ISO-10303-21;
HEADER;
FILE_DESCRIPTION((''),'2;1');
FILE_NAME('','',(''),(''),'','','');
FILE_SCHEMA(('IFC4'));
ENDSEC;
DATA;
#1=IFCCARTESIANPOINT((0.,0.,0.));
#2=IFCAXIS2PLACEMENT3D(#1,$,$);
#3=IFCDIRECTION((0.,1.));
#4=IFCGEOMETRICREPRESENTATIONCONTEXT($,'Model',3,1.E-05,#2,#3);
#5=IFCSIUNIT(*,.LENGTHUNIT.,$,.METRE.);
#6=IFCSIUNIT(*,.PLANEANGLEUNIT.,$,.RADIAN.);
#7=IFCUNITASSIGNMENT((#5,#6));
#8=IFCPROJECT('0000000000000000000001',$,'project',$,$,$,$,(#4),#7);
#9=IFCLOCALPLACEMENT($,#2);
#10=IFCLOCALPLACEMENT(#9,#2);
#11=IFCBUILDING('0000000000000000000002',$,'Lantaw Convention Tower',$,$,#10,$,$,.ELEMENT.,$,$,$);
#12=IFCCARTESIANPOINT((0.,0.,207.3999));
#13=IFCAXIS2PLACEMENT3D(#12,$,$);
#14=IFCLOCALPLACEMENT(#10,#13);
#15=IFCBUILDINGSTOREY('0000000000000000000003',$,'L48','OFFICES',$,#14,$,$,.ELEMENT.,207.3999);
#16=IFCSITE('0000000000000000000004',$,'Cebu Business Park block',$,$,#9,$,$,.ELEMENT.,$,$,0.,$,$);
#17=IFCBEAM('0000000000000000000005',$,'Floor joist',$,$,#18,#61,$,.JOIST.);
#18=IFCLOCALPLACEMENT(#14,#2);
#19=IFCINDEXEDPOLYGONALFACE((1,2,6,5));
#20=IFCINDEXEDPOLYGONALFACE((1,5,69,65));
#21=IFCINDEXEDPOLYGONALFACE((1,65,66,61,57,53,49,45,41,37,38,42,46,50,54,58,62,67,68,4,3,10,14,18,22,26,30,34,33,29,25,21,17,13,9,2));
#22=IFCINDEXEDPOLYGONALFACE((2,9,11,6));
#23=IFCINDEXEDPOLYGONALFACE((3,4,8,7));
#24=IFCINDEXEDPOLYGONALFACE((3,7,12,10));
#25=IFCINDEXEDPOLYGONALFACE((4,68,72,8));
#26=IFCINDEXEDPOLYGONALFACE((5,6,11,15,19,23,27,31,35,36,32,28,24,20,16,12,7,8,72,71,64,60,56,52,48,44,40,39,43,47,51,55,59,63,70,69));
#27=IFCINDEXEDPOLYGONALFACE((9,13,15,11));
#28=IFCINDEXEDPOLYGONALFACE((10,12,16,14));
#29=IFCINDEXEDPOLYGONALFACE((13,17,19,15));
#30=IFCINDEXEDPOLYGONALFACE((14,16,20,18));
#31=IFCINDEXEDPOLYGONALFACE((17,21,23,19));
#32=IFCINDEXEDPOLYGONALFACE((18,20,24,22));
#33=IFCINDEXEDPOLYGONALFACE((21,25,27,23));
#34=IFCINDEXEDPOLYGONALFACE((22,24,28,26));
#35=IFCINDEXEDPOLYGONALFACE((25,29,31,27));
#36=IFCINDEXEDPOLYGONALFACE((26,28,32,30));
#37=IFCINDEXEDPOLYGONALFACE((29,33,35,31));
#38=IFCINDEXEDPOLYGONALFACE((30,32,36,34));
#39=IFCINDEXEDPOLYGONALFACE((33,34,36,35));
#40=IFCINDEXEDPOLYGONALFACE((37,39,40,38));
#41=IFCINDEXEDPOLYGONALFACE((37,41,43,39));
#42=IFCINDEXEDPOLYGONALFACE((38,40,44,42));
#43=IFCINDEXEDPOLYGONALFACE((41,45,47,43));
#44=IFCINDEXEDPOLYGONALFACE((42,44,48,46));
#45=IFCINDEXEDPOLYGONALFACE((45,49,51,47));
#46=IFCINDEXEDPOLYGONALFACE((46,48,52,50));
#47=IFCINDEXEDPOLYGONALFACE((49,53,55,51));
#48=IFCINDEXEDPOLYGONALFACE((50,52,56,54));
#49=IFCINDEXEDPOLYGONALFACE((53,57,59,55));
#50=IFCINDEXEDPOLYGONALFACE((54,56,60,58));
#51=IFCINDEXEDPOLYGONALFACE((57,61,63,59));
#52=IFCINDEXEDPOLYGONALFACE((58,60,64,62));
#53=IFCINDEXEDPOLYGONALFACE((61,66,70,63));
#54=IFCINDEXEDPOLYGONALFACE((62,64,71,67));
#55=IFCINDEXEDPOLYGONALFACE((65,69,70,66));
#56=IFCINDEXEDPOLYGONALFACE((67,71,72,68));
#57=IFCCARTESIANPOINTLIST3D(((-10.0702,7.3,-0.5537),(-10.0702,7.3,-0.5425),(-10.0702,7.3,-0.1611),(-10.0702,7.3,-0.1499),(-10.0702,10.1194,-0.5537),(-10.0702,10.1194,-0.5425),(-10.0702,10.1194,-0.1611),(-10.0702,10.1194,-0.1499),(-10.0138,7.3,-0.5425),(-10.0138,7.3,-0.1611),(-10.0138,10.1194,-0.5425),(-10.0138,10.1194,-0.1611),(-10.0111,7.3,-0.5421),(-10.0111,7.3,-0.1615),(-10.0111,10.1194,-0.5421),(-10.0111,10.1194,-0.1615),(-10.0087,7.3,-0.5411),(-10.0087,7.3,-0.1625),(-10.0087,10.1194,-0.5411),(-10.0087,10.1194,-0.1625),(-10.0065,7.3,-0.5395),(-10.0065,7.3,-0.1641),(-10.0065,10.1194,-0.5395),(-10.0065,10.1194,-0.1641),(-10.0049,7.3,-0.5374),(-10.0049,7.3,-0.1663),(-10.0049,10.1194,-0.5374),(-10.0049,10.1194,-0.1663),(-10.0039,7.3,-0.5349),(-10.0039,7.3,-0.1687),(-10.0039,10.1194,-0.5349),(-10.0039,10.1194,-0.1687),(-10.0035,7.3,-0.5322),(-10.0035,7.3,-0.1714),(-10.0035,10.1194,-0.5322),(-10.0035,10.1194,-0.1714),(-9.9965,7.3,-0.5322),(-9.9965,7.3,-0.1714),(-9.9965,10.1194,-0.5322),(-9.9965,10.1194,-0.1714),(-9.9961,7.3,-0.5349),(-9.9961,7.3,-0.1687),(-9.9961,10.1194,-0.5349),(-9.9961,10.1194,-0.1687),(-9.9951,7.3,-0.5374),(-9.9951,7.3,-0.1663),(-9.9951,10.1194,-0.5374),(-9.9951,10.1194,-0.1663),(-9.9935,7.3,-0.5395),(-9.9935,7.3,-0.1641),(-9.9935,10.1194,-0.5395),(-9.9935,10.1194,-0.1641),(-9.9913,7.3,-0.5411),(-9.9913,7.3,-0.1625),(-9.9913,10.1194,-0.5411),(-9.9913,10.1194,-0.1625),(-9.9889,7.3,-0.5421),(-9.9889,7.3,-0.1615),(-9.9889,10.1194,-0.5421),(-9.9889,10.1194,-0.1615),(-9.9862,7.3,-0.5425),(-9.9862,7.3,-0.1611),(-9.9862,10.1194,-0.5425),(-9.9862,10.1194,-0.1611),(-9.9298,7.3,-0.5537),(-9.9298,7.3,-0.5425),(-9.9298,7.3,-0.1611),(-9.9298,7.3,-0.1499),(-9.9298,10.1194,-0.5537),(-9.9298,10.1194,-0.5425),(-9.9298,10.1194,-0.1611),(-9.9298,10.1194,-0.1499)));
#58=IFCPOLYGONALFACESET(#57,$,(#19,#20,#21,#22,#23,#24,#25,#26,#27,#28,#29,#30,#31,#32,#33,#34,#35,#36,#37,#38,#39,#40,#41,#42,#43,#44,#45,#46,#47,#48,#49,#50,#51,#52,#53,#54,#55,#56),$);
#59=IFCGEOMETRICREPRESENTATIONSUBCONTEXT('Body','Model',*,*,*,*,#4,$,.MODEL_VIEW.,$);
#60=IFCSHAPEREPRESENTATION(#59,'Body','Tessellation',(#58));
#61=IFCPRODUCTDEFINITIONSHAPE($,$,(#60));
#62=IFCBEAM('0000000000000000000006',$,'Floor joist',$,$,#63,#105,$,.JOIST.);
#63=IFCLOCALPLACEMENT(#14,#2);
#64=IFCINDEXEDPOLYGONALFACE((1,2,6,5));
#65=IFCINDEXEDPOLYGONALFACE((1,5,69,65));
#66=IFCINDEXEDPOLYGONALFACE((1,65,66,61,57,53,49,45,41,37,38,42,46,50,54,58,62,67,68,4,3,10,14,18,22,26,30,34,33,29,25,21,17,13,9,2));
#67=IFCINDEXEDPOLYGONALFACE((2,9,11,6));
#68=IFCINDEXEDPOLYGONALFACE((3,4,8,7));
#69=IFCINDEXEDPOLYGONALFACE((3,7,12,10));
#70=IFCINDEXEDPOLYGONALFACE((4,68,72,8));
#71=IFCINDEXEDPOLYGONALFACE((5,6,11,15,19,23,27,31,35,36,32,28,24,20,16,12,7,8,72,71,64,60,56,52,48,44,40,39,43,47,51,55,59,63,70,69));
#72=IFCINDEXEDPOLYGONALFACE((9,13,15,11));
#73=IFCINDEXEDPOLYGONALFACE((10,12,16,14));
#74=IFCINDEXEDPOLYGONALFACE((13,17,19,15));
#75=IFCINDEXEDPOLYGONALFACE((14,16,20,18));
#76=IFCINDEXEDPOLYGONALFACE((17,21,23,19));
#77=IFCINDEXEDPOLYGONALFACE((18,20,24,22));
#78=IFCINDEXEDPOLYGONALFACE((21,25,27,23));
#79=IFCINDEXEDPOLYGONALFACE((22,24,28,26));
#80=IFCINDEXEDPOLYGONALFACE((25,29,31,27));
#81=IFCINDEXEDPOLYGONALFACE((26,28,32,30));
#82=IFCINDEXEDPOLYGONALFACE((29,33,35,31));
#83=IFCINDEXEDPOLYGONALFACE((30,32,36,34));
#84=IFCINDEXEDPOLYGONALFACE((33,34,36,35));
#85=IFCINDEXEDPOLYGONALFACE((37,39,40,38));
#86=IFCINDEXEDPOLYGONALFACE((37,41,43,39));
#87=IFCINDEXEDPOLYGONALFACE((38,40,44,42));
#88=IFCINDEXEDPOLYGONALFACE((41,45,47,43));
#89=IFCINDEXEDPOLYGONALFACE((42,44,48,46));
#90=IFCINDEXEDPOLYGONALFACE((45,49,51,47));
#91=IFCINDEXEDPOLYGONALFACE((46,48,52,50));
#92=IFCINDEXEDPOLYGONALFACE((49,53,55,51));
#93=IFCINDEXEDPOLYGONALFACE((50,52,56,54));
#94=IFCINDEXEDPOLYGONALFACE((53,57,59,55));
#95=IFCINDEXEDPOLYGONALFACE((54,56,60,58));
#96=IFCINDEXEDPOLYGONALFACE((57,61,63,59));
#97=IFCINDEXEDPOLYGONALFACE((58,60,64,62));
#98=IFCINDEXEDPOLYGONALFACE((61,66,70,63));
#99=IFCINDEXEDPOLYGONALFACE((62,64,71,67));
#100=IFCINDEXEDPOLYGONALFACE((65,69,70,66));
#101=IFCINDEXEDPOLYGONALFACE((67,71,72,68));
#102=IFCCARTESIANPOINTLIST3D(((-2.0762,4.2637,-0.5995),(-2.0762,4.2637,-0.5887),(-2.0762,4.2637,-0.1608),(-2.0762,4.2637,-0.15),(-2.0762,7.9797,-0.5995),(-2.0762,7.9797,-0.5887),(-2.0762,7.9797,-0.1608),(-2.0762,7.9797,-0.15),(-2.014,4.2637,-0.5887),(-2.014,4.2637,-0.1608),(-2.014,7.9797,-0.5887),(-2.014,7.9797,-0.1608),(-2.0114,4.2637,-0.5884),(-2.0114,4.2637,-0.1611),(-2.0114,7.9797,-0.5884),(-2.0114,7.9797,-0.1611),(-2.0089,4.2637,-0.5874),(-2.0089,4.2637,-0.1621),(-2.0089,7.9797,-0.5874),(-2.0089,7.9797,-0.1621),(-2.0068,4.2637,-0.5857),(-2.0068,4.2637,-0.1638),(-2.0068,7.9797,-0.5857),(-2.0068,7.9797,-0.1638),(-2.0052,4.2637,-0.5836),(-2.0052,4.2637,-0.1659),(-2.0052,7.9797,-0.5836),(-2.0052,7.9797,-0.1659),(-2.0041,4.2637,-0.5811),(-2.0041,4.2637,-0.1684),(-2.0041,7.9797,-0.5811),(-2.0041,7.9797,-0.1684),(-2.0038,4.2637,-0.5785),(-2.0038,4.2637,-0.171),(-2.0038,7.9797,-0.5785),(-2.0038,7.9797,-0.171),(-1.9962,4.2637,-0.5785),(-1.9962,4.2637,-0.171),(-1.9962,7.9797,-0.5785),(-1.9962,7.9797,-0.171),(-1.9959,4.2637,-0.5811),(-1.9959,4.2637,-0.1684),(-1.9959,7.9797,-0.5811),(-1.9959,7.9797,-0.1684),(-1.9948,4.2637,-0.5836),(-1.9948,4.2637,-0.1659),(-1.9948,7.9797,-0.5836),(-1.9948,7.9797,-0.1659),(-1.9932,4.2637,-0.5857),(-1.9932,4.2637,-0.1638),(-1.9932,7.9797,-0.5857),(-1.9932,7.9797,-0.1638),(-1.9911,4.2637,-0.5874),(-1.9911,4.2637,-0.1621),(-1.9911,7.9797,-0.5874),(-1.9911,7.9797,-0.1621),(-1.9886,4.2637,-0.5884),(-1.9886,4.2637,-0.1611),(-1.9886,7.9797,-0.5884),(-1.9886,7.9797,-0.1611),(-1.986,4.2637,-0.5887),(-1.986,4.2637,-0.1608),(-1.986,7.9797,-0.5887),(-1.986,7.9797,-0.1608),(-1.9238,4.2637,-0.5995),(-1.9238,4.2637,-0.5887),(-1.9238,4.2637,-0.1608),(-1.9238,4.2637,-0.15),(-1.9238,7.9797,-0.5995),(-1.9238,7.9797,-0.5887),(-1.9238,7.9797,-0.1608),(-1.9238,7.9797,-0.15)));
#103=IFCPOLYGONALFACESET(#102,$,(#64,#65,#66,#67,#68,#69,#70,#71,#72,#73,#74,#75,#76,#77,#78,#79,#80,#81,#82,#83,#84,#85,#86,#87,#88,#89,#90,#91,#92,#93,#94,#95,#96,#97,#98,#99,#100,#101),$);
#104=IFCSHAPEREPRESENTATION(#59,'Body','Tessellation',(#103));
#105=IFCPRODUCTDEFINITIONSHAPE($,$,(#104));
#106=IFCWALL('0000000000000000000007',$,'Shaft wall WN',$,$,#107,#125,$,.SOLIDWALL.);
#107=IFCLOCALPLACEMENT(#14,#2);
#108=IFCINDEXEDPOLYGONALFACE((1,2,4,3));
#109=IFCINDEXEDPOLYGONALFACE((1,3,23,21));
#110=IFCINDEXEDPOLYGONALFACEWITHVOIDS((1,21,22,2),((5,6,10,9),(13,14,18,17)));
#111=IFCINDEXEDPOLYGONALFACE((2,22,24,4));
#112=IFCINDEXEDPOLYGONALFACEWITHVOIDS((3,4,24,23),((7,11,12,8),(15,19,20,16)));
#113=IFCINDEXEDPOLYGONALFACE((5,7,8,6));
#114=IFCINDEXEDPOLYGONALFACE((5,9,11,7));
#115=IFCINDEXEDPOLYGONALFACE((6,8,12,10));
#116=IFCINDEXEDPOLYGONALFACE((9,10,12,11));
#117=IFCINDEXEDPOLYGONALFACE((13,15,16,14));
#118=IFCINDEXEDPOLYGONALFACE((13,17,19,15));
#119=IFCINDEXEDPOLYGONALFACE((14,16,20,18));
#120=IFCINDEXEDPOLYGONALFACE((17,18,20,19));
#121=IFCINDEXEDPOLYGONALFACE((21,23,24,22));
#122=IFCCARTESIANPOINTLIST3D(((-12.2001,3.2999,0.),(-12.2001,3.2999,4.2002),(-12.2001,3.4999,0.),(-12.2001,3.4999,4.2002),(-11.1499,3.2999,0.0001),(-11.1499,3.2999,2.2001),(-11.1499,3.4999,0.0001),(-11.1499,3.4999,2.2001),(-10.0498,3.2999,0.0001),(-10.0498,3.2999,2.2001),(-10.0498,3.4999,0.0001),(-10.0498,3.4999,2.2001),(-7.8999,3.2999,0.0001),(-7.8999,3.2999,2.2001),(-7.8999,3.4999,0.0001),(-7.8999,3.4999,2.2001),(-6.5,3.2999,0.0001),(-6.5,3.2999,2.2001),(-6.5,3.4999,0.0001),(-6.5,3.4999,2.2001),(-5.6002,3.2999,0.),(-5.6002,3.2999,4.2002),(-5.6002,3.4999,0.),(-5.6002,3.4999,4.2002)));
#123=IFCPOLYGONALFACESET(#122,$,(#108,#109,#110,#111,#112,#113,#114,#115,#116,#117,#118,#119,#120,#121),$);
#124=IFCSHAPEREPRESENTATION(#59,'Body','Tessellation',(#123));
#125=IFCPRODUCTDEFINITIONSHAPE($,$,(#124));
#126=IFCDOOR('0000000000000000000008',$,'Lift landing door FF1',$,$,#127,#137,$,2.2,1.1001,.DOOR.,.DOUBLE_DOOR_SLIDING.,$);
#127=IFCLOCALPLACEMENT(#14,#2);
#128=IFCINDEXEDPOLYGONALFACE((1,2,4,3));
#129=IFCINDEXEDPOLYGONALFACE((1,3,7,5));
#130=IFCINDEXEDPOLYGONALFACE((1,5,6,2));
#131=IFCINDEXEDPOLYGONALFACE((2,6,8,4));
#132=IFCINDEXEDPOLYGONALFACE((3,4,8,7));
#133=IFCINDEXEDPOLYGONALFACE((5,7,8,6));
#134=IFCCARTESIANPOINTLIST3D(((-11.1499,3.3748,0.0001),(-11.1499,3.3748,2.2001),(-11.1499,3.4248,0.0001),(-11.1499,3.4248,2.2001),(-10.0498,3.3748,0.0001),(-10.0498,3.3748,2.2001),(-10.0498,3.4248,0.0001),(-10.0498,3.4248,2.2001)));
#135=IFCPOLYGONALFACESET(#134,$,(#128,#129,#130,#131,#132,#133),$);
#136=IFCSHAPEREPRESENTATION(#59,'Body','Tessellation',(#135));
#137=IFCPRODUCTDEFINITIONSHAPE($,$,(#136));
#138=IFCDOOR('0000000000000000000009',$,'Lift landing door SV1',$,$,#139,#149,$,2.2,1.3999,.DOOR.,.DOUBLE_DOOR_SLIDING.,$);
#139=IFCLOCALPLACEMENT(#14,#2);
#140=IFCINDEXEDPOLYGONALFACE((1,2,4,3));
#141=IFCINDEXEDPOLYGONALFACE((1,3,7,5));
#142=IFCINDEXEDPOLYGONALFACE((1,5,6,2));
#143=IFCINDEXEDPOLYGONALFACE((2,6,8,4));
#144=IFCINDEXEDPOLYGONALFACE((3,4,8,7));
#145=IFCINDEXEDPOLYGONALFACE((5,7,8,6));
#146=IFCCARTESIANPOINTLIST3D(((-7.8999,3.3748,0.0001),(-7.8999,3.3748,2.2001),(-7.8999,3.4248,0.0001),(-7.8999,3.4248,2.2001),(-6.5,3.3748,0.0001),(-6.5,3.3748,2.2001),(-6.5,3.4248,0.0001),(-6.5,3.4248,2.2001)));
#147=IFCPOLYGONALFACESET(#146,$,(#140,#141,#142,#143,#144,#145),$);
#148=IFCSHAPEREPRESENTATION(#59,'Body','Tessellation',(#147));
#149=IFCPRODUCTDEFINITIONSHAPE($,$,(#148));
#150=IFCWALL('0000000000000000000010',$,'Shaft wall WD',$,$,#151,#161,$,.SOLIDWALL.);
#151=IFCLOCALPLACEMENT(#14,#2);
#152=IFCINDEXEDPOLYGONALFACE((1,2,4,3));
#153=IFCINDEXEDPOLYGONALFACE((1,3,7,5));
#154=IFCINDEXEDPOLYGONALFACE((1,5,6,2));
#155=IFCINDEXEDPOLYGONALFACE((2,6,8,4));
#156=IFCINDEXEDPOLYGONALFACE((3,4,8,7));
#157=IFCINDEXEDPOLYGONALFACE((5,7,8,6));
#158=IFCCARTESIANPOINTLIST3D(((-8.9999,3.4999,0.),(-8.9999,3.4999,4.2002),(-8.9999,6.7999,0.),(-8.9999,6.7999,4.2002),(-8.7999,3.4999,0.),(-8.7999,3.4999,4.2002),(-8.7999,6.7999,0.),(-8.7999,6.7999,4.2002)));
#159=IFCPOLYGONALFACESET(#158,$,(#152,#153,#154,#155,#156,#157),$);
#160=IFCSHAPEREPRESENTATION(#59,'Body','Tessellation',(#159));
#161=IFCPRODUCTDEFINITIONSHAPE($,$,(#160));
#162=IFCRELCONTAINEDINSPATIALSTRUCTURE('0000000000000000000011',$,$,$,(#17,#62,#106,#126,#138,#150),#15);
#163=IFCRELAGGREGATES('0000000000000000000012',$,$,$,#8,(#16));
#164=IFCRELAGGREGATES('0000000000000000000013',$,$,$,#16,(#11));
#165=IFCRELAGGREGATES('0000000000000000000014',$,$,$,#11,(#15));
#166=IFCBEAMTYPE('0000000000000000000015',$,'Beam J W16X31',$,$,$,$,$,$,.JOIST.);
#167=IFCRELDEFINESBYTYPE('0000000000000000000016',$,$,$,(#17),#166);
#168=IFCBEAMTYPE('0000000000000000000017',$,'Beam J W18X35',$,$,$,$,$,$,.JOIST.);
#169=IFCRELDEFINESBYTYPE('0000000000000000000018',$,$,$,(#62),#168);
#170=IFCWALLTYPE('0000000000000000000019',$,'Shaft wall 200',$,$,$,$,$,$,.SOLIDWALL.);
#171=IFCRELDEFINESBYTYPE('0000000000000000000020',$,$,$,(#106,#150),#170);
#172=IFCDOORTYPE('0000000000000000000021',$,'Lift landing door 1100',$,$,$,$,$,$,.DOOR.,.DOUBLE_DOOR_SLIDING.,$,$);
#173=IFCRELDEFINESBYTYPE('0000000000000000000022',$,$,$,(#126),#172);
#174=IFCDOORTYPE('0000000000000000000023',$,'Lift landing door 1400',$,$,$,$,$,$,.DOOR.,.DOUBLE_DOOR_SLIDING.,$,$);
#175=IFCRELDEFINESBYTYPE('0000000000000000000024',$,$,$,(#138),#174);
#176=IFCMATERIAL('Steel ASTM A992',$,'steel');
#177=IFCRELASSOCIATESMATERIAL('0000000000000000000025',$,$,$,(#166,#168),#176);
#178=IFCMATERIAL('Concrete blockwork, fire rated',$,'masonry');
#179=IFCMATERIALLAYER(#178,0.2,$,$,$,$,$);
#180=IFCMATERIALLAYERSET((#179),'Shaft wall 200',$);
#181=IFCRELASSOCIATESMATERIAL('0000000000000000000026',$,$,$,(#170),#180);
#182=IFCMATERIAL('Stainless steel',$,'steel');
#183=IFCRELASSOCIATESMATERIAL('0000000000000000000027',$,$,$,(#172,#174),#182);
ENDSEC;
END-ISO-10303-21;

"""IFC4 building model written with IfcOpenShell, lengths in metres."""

from ifc_helpers import new_model, si_unit, direction, frame, frame_2d, origin, origin_2d, place, context, subcontext, project, spatial, rectangle, i_section, extrude, material, layer, layer_set, material_profile, profile_set, type_object, element, fill, save


model = new_model("IFC4")

# Units and contexts
model_context = context("Model", 3, precision=1e-05, world=origin(), true_north=direction((0.0, 1.0)))
body_context = subcontext(model_context, "Body", "Model", "MODEL_VIEW")
ifc_project = project(units=[si_unit("LENGTHUNIT", "METRE"), si_unit("PLANEANGLEUNIT", "RADIAN")], contexts=[model_context])

# Site, building, storey
site_placement = place(None, origin())
site = spatial("IfcSite", under=ifc_project, at=site_placement, Name="Cebu Business Park block", CompositionType="ELEMENT", RefElevation=0.0)
building_placement = place(site_placement, origin())
building = spatial("IfcBuilding", under=site, at=building_placement, Name="Lantaw Convention Tower", CompositionType="ELEMENT")
storey_placement = place(building_placement, frame((0.0, 0.0, 207.3999)))
storey = spatial("IfcBuildingStorey", under=building, at=storey_placement, Name="L48", Description="OFFICES", CompositionType="ELEMENT", Elevation=207.3999)

# Beams
ifc_material_1 = material(Name="Steel ASTM A992", Category="steel")
ifc_material_profile_1 = material_profile(ifc_material_1, i_section(OverallWidth=0.1404, OverallDepth=0.4038, WebThickness=0.0071, FlangeThickness=0.0112, FilletRadius=0.0103, at=origin_2d()), Name="W16X31")
ifc_profile_set_1 = profile_set([ifc_material_profile_1], Name="Steel ASTM A992")
beam_type_1 = type_object("IfcBeamType", Name="Beam J W16X31", PredefinedType="JOIST", material=ifc_profile_set_1)
beam_1_placement = place(storey_placement, frame((-10.0, 7.3, -0.3518), z_axis=(0.0, 1.0, 0.0), x_axis=(-1.0, 0.0, 0.0)))
element("IfcBeam", 1, at=beam_1_placement, inside=storey, type_object=beam_type_1, Name="Floor joist", PredefinedType="JOIST", context=body_context, shape_type="SweptSolid", body=[
    extrude(i_section(OverallWidth=0.1404, OverallDepth=0.4038, WebThickness=0.0071, FlangeThickness=0.0112, FilletRadius=0.0103, at=origin_2d()), origin(), (0.0, 0.0, 1.0), 2.8193),
])
ifc_material_profile_2 = material_profile(ifc_material_1, i_section(OverallWidth=0.1523, OverallDepth=0.4495, WebThickness=0.0076, FlangeThickness=0.0107, FilletRadius=0.0103, at=origin_2d()), Name="W18X35")
ifc_profile_set_2 = profile_set([ifc_material_profile_2], Name="Steel ASTM A992")
beam_type_2 = type_object("IfcBeamType", Name="Beam J W18X35", PredefinedType="JOIST", material=ifc_profile_set_2)
beam_2_placement = place(storey_placement, frame((-2.0, 4.2637, -0.3748), z_axis=(0.0, 1.0, 0.0), x_axis=(-1.0, 0.0, 0.0)))
element("IfcBeam", 2, at=beam_2_placement, inside=storey, type_object=beam_type_2, Name="Floor joist", PredefinedType="JOIST", context=body_context, shape_type="SweptSolid", body=[
    extrude(i_section(OverallWidth=0.1523, OverallDepth=0.4495, WebThickness=0.0076, FlangeThickness=0.0107, FilletRadius=0.0103, at=origin_2d()), origin(), (0.0, 0.0, 1.0), 3.7161),
])

# Wall, openings, doors
ifc_material_2 = material(Name="Concrete blockwork, fire rated", Category="masonry")
ifc_layer_1 = layer(ifc_material_2, 0.2)
ifc_layer_set_1 = layer_set([ifc_layer_1], Name="Shaft wall 200")
wall_type_1 = type_object("IfcWallType", Name="Shaft wall 200", PredefinedType="SOLIDWALL", material=ifc_layer_set_1)
wall_1_placement = place(storey_placement, frame((-12.2, 3.3999, 0.0), z_axis=(0.0, 0.0, 1.0), x_axis=(1.0, 0.0, 0.0)))
wall_1 = element("IfcWall", 3, at=wall_1_placement, inside=storey, type_object=wall_type_1, Name="Shaft wall WN", PredefinedType="SOLIDWALL", context=body_context, shape_type="SweptSolid", body=[
    extrude(rectangle(XDim=6.5999, YDim=0.2, at=frame_2d((3.2998, 0.0))), origin(), (0.0, 0.0, 1.0), 4.2002),
])
opening_1_placement = place(wall_1_placement, frame((1.05, 0.0, 0.0)))
opening_1 = element("IfcOpeningElement", 4, at=opening_1_placement, cuts=wall_1, PredefinedType="OPENING", context=body_context, shape_type="SweptSolid", body=[
    extrude(rectangle(XDim=1.1001, YDim=2.2, at=frame_2d((0.55, 1.1001))), frame((0.0, 0.1099, 0.0), z_axis=(0.0, -1.0, 0.0), x_axis=(1.0, 0.0, 0.0)), (0.0, 0.0, 1.0), 0.22),
])
opening_2_placement = place(wall_1_placement, frame((4.3, 0.0, 0.0)))
opening_2 = element("IfcOpeningElement", 5, at=opening_2_placement, cuts=wall_1, PredefinedType="OPENING", context=body_context, shape_type="SweptSolid", body=[
    extrude(rectangle(XDim=1.3999, YDim=2.2, at=frame_2d((0.7, 1.1001))), frame((0.0, 0.1099, 0.0), z_axis=(0.0, -1.0, 0.0), x_axis=(1.0, 0.0, 0.0)), (0.0, 0.0, 1.0), 0.22),
])
ifc_material_3 = material(Name="Stainless steel", Category="steel")
door_type_1 = type_object("IfcDoorType", Name="Lift landing door 1100", OperationType="DOUBLE_DOOR_SLIDING", PredefinedType="DOOR", material=ifc_material_3)
door_1_placement = place(opening_1_placement, origin())
door_1 = element("IfcDoor", 6, at=door_1_placement, inside=storey, type_object=door_type_1, Name="Lift landing door FF1", OperationType="DOUBLE_DOOR_SLIDING", OverallHeight=2.2, OverallWidth=1.1001, PredefinedType="DOOR", context=body_context, shape_type="SweptSolid", body=[
    extrude(rectangle(XDim=1.1001, YDim=2.2, at=frame_2d((0.55, 1.1001))), frame((0.0, 0.0249, 0.0), z_axis=(0.0, -1.0, 0.0), x_axis=(1.0, 0.0, 0.0)), (0.0, 0.0, 1.0), 0.05),
])
fill(opening_1, door_1)
door_type_2 = type_object("IfcDoorType", Name="Lift landing door 1400", OperationType="DOUBLE_DOOR_SLIDING", PredefinedType="DOOR", material=ifc_material_3)
door_2_placement = place(opening_2_placement, origin())
door_2 = element("IfcDoor", 7, at=door_2_placement, inside=storey, type_object=door_type_2, Name="Lift landing door SV1", OperationType="DOUBLE_DOOR_SLIDING", OverallHeight=2.2, OverallWidth=1.3999, PredefinedType="DOOR", context=body_context, shape_type="SweptSolid", body=[
    extrude(rectangle(XDim=1.3999, YDim=2.2, at=frame_2d((0.7, 1.1001))), frame((0.0, 0.0249, 0.0), z_axis=(0.0, -1.0, 0.0), x_axis=(1.0, 0.0, 0.0)), (0.0, 0.0, 1.0), 0.05),
])
fill(opening_2, door_2)

# Wall
wall_2_placement = place(storey_placement, frame((-8.8999, 3.5, 0.0), z_axis=(0.0, 0.0, 1.0), x_axis=(0.0, 1.0, 0.0)))
element("IfcWall", 8, at=wall_2_placement, inside=storey, type_object=wall_type_1, Name="Shaft wall WD", PredefinedType="SOLIDWALL", context=body_context, shape_type="SweptSolid", body=[
    extrude(rectangle(XDim=3.3, YDim=0.2, at=frame_2d((1.6499, 0.0))), origin(), (0.0, 0.0, 1.0), 4.2002),
])

save(model, "model.ifc")
